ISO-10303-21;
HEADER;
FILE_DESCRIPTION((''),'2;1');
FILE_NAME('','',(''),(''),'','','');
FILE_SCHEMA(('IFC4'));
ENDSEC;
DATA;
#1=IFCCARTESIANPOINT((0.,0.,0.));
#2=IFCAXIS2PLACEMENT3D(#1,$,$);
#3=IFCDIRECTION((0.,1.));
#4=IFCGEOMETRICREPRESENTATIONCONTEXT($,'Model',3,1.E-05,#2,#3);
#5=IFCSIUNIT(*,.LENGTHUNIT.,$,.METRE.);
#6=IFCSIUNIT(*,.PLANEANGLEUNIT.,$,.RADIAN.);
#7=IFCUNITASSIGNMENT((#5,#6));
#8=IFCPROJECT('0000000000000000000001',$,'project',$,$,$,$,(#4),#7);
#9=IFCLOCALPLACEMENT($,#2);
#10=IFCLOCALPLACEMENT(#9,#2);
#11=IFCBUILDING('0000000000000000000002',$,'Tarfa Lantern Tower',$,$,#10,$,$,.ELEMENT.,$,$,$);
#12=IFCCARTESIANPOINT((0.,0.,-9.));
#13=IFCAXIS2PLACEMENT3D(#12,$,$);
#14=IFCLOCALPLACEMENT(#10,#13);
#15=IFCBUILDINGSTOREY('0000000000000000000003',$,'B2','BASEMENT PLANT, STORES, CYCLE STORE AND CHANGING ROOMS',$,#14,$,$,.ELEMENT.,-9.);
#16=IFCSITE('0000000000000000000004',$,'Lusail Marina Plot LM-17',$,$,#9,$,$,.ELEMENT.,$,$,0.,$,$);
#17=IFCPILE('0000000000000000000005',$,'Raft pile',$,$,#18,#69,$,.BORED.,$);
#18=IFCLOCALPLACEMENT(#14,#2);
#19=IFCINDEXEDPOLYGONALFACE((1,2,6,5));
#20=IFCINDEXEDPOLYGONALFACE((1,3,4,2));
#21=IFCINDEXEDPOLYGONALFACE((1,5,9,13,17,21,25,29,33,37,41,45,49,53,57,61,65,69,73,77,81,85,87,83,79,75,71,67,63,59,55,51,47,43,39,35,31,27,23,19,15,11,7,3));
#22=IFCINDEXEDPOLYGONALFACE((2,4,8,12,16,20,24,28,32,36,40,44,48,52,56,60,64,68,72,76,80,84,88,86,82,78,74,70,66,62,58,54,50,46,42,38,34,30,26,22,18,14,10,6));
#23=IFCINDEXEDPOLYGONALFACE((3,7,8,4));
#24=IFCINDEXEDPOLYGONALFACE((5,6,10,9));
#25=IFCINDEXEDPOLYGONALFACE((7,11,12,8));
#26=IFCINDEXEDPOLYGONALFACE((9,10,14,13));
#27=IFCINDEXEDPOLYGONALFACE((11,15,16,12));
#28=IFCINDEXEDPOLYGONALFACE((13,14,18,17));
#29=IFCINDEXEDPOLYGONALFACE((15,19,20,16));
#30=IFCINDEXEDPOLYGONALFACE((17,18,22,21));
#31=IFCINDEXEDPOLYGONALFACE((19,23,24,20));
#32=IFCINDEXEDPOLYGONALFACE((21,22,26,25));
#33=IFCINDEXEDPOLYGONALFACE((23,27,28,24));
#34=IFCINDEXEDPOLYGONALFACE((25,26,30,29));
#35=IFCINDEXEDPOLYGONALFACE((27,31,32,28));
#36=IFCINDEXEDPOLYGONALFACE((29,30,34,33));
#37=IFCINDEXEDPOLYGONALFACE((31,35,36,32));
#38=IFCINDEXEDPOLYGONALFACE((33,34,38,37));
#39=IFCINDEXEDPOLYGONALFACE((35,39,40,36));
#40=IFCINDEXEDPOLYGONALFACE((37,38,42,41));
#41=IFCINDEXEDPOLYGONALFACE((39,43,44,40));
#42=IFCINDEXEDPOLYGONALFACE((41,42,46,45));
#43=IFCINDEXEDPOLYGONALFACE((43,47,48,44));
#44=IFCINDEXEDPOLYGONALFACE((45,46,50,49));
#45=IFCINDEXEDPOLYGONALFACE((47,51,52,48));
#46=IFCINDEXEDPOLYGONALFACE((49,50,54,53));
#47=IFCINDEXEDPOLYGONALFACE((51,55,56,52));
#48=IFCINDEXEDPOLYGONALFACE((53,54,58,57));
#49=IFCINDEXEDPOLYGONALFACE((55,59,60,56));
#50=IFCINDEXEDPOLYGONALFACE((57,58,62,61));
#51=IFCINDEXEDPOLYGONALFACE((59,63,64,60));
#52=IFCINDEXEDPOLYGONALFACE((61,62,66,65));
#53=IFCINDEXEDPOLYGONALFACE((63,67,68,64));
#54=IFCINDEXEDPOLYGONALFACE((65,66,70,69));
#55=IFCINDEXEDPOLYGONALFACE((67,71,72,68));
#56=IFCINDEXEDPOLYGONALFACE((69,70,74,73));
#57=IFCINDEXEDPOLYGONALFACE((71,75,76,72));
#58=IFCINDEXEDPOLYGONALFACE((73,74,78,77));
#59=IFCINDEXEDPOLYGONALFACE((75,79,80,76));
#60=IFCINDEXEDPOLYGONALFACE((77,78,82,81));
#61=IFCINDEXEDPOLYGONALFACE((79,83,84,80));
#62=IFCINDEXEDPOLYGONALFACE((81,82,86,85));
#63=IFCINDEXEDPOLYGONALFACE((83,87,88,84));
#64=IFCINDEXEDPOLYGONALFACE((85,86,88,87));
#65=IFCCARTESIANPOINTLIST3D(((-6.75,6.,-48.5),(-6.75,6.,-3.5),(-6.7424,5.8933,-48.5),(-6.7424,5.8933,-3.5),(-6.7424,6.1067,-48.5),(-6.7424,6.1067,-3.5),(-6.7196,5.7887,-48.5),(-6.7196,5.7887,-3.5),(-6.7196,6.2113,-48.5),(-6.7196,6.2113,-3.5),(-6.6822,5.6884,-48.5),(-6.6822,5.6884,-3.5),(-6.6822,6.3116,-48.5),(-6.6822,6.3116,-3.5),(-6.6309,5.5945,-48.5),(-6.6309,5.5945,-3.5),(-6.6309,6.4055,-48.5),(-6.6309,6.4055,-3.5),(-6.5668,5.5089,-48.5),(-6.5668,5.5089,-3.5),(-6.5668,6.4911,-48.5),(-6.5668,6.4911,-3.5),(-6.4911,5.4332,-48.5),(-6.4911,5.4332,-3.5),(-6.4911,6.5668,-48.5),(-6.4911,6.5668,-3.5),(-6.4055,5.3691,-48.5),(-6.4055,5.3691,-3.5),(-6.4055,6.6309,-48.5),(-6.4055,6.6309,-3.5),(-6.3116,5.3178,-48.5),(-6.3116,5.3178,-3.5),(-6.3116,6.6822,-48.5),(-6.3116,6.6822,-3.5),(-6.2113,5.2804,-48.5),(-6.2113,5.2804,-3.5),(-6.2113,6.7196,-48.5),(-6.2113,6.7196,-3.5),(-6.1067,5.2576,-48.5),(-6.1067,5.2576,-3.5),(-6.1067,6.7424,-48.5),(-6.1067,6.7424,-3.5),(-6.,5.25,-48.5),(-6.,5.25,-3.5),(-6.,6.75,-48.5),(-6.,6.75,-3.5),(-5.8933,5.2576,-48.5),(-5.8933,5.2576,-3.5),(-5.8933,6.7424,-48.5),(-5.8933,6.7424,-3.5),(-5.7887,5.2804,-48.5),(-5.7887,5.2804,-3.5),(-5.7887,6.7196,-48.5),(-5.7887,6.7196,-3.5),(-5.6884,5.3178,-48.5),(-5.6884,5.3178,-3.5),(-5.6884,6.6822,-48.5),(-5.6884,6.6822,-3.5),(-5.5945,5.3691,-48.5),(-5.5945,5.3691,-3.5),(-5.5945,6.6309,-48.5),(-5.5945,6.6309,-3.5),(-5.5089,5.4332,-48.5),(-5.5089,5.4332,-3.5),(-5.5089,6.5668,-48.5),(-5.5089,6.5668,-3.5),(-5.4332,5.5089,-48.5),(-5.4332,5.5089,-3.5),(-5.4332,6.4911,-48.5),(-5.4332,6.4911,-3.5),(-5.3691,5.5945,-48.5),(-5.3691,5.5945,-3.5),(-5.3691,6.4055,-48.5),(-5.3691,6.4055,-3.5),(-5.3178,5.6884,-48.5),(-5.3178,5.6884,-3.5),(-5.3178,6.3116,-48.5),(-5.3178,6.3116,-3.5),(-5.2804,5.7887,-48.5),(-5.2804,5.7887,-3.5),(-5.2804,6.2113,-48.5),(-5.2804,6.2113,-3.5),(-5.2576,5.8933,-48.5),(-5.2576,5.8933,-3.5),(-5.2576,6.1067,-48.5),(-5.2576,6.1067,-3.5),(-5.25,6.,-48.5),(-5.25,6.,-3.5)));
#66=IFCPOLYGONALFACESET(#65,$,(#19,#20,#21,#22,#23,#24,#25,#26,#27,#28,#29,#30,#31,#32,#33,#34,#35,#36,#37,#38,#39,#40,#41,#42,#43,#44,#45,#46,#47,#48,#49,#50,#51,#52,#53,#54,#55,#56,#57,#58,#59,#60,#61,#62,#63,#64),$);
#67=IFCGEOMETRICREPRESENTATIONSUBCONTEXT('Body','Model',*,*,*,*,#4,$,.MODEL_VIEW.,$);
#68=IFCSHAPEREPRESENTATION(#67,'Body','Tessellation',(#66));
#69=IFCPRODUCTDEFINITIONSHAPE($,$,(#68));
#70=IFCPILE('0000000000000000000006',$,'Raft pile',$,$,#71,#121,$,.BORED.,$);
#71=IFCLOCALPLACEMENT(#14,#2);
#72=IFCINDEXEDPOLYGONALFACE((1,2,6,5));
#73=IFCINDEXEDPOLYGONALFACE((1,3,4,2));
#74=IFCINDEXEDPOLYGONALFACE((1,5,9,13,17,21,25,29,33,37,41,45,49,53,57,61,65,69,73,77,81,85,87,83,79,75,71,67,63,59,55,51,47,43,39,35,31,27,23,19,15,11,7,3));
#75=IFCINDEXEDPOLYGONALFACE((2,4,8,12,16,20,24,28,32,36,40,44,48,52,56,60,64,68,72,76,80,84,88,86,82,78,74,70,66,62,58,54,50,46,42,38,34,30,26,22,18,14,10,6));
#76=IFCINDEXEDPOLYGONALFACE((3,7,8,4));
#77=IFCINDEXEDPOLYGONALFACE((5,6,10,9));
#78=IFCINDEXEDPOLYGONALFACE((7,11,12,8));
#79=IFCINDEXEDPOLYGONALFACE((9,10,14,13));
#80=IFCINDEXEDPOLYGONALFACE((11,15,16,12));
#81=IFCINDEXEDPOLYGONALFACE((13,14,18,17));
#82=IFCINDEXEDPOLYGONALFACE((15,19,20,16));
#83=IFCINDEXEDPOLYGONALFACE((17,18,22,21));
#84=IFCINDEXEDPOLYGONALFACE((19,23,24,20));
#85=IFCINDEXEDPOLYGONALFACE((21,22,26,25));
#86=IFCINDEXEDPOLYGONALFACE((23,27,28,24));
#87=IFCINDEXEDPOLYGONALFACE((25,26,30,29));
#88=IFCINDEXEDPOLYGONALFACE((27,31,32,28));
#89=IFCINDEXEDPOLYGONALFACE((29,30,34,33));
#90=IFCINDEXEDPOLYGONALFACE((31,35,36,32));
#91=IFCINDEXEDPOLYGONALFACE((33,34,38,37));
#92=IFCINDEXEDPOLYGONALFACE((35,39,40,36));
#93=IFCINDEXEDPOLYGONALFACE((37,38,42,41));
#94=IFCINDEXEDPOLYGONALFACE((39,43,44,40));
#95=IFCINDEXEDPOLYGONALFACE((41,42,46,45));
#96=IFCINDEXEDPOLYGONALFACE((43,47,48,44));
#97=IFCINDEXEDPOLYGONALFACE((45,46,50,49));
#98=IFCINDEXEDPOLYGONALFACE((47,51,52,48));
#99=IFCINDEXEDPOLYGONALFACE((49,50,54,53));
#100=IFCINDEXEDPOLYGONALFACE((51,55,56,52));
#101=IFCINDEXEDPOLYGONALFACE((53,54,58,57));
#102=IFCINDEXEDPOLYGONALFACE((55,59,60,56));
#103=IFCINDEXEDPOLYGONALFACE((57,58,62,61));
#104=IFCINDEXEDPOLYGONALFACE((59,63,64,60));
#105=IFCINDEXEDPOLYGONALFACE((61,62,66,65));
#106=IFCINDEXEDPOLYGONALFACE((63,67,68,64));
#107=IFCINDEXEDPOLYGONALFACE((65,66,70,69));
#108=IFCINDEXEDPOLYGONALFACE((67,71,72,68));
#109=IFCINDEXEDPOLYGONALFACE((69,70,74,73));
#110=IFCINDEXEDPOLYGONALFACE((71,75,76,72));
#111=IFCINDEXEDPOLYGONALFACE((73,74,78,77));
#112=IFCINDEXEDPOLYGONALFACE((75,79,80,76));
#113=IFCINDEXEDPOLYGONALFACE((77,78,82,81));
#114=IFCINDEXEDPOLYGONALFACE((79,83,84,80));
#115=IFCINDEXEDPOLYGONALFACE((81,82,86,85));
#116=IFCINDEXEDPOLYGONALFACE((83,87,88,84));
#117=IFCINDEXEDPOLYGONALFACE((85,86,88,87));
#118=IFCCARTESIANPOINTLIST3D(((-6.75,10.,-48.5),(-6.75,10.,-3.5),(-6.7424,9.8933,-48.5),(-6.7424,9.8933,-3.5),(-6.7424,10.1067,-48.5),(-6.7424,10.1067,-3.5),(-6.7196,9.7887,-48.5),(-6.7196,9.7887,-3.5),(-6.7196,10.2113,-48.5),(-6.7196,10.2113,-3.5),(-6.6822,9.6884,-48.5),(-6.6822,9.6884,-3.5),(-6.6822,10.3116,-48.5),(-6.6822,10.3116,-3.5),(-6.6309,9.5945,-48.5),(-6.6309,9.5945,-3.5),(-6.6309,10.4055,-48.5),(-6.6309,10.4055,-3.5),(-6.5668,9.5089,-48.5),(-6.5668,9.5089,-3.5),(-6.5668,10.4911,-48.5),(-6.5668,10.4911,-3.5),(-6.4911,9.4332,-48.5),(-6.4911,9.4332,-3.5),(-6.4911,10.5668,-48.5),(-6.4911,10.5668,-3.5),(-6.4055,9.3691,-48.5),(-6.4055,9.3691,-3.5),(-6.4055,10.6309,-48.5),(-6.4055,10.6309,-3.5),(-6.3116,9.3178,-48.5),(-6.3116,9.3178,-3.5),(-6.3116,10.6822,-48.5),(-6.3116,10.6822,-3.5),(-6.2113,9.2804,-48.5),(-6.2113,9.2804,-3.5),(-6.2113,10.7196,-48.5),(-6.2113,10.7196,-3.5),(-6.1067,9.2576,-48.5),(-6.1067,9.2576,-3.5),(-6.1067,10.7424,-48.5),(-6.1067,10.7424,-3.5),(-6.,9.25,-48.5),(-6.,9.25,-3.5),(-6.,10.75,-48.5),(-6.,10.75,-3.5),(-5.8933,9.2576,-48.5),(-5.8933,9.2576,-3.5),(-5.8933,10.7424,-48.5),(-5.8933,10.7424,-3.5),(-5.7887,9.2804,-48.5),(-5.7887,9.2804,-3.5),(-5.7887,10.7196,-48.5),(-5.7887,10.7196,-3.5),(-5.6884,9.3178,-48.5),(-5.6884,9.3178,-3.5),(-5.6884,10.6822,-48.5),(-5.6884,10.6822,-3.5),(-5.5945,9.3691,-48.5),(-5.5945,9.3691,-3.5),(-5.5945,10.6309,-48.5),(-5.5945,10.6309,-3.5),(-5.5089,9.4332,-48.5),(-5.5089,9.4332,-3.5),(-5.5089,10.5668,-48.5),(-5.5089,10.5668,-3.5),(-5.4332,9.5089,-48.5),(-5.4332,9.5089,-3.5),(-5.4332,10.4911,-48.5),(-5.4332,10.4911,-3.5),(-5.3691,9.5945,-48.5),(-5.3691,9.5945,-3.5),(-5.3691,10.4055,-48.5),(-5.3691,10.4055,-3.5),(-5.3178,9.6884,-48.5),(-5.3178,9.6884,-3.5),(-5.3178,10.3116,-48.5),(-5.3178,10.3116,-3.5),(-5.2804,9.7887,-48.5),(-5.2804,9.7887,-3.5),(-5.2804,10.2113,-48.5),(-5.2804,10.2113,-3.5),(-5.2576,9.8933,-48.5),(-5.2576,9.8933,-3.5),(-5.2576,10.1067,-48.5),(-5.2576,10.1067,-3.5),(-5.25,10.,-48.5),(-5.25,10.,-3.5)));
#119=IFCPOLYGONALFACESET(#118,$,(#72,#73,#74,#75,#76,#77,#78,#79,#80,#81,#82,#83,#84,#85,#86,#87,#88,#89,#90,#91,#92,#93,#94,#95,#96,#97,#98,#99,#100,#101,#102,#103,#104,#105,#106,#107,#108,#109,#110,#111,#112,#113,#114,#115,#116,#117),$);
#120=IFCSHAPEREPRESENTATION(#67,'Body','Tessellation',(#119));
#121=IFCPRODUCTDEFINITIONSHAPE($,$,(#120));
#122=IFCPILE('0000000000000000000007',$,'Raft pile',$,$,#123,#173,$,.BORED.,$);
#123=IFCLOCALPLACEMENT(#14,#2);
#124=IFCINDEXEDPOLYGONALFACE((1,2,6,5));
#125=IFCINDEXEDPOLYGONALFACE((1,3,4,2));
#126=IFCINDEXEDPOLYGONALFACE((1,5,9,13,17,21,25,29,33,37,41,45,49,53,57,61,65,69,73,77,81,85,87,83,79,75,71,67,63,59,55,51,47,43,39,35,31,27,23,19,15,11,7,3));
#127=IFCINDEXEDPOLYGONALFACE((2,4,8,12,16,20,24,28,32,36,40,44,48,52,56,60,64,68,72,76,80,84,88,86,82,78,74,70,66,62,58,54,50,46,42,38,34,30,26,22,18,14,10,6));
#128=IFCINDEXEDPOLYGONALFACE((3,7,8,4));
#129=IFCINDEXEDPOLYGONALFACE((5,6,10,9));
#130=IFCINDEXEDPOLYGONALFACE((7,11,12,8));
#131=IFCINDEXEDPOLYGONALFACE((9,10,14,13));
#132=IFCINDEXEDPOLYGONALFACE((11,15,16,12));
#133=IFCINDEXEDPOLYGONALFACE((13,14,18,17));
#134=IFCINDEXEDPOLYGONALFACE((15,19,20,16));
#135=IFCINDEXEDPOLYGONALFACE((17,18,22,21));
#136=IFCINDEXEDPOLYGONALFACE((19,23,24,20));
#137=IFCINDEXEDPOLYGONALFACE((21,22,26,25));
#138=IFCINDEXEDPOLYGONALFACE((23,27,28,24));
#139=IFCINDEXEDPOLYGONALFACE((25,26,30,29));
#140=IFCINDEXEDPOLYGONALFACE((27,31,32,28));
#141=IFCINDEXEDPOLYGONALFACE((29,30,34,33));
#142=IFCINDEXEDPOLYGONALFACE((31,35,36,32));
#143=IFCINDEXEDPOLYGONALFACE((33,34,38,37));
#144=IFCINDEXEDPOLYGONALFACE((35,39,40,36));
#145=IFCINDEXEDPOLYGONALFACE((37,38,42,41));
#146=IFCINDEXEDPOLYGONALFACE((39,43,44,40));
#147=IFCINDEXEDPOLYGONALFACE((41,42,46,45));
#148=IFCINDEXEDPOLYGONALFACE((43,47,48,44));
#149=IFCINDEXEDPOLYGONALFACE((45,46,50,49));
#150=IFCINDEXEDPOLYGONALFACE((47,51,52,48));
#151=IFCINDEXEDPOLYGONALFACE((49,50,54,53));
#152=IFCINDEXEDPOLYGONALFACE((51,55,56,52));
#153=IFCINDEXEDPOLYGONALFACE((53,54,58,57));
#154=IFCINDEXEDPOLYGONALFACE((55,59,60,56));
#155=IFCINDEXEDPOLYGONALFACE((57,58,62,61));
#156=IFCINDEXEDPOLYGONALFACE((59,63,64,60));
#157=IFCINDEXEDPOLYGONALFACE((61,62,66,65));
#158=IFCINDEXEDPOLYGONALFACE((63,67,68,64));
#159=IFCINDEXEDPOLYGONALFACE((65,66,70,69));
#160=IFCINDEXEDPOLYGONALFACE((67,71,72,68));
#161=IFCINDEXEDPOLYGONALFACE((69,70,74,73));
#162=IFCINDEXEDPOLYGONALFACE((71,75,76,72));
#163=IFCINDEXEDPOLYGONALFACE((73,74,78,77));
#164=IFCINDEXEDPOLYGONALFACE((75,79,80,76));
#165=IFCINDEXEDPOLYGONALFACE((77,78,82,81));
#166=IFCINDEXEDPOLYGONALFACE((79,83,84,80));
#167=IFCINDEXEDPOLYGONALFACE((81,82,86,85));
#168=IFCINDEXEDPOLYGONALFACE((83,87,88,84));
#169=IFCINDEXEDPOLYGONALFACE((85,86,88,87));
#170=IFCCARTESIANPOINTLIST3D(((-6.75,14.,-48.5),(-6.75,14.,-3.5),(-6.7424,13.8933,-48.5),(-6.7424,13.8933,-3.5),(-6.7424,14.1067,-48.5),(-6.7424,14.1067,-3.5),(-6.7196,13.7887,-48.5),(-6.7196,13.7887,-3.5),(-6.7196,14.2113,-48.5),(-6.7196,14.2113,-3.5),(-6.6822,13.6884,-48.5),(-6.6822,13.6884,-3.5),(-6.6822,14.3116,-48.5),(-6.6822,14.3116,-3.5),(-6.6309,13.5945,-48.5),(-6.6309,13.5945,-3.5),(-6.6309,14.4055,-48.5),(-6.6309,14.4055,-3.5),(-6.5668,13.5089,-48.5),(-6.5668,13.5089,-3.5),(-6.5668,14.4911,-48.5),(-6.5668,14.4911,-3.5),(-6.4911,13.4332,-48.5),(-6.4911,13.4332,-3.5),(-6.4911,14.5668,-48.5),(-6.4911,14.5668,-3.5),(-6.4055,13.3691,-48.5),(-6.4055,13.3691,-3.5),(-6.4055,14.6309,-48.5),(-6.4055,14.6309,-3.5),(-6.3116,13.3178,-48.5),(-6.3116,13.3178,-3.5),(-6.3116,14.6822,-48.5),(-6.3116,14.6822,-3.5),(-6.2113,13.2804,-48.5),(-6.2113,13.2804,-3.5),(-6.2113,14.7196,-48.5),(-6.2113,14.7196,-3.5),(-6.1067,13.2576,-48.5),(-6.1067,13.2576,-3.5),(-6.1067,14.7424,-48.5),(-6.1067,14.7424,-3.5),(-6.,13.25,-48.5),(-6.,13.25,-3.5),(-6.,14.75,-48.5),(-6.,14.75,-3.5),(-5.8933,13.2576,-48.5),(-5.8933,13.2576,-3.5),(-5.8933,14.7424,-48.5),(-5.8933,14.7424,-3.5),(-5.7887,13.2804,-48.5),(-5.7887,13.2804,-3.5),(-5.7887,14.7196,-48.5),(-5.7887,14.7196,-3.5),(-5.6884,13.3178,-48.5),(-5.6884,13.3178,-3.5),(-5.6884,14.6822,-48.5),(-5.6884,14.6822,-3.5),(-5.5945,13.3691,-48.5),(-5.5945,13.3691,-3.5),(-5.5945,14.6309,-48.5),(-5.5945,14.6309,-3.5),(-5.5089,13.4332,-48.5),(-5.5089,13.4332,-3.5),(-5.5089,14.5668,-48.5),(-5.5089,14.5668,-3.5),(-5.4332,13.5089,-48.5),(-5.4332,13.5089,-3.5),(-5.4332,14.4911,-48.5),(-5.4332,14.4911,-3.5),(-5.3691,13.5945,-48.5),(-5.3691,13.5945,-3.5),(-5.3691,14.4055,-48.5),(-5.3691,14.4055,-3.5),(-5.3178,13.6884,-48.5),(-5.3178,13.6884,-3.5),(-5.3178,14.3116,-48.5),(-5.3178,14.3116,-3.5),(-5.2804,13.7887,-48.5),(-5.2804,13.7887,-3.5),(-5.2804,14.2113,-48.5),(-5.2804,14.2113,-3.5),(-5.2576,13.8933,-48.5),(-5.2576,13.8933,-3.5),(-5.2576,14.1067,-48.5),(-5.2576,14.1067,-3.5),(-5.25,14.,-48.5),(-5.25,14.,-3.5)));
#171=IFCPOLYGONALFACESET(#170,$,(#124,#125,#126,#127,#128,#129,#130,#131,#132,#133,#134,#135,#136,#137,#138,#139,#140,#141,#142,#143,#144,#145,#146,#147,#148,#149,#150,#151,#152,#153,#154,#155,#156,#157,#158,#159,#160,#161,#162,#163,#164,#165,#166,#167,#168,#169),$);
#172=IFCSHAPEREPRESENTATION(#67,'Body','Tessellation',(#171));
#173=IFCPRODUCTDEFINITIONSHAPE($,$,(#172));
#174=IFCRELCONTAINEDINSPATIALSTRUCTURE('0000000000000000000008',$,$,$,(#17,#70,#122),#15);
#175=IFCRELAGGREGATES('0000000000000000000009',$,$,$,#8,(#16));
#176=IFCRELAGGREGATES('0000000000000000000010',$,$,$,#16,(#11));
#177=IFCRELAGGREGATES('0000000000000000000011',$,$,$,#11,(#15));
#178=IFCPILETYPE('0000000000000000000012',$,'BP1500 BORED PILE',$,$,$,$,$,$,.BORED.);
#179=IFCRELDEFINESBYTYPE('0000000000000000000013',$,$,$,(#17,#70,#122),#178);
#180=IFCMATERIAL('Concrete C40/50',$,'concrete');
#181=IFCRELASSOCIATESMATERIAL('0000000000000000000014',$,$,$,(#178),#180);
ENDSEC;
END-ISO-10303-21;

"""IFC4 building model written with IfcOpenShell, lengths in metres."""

from ifc_helpers import new_model, si_unit, direction, frame, origin, origin_2d, place, context, subcontext, project, spatial, circle, extrude, material, material_profile, profile_set, type_object, element, save


model = new_model("IFC4")

# Units and contexts
model_context = context("Model", 3, precision=1e-05, world=origin(), true_north=direction((0.0, 1.0)))
body_context = subcontext(model_context, "Body", "Model", "MODEL_VIEW")
ifc_project = project(units=[si_unit("LENGTHUNIT", "METRE"), si_unit("PLANEANGLEUNIT", "RADIAN")], contexts=[model_context])

# Site, building, storey
site_placement = place(None, origin())
site = spatial("IfcSite", under=ifc_project, at=site_placement, Name="Lusail Marina Plot LM-17", CompositionType="ELEMENT", RefElevation=0.0)
building_placement = place(site_placement, origin())
building = spatial("IfcBuilding", under=site, at=building_placement, Name="Tarfa Lantern Tower", CompositionType="ELEMENT")
storey_placement = place(building_placement, frame((0.0, 0.0, -9.0)))
storey = spatial("IfcBuildingStorey", under=building, at=storey_placement, Name="B2", Description="BASEMENT PLANT, STORES, CYCLE STORE AND CHANGING ROOMS", CompositionType="ELEMENT", Elevation=-9.0)

# Piles
ifc_material_1 = material(Name="Concrete C40/50", Category="concrete")
ifc_material_profile = material_profile(ifc_material_1, circle(Radius=0.75, at=origin_2d()), Name="BORED PILE D1500")
ifc_profile_set = profile_set([ifc_material_profile], Name="Concrete C40/50")
pile_type = type_object("IfcPileType", Name="BP1500 BORED PILE", PredefinedType="BORED", material=ifc_profile_set)
for number, where, z_axis, x_axis, name in (
    (1, (-6.0, 6.0, -3.5), (0.0, 0.0, -1.0), (1.0, 0.0, 0.0), "Raft pile"),
    (2, (-6.0, 10.0, -3.5), (0.0, 0.0, -1.0), (1.0, 0.0, 0.0), "Raft pile"),
    (3, (-6.0, 14.0, -3.5), (0.0, 0.0, -1.0), (1.0, 0.0, 0.0), "Raft pile"),
):
    element("IfcPile", number, at=place(storey_placement, frame(where, z_axis=z_axis, x_axis=x_axis)), inside=storey, type_object=pile_type, Name=name, PredefinedType="BORED", context=body_context, shape_type="SweptSolid", body=[
        extrude(circle(Radius=0.75, at=origin_2d()), origin(), (0.0, 0.0, 1.0), 45.0),
    ])

save(model, "model.ifc")
